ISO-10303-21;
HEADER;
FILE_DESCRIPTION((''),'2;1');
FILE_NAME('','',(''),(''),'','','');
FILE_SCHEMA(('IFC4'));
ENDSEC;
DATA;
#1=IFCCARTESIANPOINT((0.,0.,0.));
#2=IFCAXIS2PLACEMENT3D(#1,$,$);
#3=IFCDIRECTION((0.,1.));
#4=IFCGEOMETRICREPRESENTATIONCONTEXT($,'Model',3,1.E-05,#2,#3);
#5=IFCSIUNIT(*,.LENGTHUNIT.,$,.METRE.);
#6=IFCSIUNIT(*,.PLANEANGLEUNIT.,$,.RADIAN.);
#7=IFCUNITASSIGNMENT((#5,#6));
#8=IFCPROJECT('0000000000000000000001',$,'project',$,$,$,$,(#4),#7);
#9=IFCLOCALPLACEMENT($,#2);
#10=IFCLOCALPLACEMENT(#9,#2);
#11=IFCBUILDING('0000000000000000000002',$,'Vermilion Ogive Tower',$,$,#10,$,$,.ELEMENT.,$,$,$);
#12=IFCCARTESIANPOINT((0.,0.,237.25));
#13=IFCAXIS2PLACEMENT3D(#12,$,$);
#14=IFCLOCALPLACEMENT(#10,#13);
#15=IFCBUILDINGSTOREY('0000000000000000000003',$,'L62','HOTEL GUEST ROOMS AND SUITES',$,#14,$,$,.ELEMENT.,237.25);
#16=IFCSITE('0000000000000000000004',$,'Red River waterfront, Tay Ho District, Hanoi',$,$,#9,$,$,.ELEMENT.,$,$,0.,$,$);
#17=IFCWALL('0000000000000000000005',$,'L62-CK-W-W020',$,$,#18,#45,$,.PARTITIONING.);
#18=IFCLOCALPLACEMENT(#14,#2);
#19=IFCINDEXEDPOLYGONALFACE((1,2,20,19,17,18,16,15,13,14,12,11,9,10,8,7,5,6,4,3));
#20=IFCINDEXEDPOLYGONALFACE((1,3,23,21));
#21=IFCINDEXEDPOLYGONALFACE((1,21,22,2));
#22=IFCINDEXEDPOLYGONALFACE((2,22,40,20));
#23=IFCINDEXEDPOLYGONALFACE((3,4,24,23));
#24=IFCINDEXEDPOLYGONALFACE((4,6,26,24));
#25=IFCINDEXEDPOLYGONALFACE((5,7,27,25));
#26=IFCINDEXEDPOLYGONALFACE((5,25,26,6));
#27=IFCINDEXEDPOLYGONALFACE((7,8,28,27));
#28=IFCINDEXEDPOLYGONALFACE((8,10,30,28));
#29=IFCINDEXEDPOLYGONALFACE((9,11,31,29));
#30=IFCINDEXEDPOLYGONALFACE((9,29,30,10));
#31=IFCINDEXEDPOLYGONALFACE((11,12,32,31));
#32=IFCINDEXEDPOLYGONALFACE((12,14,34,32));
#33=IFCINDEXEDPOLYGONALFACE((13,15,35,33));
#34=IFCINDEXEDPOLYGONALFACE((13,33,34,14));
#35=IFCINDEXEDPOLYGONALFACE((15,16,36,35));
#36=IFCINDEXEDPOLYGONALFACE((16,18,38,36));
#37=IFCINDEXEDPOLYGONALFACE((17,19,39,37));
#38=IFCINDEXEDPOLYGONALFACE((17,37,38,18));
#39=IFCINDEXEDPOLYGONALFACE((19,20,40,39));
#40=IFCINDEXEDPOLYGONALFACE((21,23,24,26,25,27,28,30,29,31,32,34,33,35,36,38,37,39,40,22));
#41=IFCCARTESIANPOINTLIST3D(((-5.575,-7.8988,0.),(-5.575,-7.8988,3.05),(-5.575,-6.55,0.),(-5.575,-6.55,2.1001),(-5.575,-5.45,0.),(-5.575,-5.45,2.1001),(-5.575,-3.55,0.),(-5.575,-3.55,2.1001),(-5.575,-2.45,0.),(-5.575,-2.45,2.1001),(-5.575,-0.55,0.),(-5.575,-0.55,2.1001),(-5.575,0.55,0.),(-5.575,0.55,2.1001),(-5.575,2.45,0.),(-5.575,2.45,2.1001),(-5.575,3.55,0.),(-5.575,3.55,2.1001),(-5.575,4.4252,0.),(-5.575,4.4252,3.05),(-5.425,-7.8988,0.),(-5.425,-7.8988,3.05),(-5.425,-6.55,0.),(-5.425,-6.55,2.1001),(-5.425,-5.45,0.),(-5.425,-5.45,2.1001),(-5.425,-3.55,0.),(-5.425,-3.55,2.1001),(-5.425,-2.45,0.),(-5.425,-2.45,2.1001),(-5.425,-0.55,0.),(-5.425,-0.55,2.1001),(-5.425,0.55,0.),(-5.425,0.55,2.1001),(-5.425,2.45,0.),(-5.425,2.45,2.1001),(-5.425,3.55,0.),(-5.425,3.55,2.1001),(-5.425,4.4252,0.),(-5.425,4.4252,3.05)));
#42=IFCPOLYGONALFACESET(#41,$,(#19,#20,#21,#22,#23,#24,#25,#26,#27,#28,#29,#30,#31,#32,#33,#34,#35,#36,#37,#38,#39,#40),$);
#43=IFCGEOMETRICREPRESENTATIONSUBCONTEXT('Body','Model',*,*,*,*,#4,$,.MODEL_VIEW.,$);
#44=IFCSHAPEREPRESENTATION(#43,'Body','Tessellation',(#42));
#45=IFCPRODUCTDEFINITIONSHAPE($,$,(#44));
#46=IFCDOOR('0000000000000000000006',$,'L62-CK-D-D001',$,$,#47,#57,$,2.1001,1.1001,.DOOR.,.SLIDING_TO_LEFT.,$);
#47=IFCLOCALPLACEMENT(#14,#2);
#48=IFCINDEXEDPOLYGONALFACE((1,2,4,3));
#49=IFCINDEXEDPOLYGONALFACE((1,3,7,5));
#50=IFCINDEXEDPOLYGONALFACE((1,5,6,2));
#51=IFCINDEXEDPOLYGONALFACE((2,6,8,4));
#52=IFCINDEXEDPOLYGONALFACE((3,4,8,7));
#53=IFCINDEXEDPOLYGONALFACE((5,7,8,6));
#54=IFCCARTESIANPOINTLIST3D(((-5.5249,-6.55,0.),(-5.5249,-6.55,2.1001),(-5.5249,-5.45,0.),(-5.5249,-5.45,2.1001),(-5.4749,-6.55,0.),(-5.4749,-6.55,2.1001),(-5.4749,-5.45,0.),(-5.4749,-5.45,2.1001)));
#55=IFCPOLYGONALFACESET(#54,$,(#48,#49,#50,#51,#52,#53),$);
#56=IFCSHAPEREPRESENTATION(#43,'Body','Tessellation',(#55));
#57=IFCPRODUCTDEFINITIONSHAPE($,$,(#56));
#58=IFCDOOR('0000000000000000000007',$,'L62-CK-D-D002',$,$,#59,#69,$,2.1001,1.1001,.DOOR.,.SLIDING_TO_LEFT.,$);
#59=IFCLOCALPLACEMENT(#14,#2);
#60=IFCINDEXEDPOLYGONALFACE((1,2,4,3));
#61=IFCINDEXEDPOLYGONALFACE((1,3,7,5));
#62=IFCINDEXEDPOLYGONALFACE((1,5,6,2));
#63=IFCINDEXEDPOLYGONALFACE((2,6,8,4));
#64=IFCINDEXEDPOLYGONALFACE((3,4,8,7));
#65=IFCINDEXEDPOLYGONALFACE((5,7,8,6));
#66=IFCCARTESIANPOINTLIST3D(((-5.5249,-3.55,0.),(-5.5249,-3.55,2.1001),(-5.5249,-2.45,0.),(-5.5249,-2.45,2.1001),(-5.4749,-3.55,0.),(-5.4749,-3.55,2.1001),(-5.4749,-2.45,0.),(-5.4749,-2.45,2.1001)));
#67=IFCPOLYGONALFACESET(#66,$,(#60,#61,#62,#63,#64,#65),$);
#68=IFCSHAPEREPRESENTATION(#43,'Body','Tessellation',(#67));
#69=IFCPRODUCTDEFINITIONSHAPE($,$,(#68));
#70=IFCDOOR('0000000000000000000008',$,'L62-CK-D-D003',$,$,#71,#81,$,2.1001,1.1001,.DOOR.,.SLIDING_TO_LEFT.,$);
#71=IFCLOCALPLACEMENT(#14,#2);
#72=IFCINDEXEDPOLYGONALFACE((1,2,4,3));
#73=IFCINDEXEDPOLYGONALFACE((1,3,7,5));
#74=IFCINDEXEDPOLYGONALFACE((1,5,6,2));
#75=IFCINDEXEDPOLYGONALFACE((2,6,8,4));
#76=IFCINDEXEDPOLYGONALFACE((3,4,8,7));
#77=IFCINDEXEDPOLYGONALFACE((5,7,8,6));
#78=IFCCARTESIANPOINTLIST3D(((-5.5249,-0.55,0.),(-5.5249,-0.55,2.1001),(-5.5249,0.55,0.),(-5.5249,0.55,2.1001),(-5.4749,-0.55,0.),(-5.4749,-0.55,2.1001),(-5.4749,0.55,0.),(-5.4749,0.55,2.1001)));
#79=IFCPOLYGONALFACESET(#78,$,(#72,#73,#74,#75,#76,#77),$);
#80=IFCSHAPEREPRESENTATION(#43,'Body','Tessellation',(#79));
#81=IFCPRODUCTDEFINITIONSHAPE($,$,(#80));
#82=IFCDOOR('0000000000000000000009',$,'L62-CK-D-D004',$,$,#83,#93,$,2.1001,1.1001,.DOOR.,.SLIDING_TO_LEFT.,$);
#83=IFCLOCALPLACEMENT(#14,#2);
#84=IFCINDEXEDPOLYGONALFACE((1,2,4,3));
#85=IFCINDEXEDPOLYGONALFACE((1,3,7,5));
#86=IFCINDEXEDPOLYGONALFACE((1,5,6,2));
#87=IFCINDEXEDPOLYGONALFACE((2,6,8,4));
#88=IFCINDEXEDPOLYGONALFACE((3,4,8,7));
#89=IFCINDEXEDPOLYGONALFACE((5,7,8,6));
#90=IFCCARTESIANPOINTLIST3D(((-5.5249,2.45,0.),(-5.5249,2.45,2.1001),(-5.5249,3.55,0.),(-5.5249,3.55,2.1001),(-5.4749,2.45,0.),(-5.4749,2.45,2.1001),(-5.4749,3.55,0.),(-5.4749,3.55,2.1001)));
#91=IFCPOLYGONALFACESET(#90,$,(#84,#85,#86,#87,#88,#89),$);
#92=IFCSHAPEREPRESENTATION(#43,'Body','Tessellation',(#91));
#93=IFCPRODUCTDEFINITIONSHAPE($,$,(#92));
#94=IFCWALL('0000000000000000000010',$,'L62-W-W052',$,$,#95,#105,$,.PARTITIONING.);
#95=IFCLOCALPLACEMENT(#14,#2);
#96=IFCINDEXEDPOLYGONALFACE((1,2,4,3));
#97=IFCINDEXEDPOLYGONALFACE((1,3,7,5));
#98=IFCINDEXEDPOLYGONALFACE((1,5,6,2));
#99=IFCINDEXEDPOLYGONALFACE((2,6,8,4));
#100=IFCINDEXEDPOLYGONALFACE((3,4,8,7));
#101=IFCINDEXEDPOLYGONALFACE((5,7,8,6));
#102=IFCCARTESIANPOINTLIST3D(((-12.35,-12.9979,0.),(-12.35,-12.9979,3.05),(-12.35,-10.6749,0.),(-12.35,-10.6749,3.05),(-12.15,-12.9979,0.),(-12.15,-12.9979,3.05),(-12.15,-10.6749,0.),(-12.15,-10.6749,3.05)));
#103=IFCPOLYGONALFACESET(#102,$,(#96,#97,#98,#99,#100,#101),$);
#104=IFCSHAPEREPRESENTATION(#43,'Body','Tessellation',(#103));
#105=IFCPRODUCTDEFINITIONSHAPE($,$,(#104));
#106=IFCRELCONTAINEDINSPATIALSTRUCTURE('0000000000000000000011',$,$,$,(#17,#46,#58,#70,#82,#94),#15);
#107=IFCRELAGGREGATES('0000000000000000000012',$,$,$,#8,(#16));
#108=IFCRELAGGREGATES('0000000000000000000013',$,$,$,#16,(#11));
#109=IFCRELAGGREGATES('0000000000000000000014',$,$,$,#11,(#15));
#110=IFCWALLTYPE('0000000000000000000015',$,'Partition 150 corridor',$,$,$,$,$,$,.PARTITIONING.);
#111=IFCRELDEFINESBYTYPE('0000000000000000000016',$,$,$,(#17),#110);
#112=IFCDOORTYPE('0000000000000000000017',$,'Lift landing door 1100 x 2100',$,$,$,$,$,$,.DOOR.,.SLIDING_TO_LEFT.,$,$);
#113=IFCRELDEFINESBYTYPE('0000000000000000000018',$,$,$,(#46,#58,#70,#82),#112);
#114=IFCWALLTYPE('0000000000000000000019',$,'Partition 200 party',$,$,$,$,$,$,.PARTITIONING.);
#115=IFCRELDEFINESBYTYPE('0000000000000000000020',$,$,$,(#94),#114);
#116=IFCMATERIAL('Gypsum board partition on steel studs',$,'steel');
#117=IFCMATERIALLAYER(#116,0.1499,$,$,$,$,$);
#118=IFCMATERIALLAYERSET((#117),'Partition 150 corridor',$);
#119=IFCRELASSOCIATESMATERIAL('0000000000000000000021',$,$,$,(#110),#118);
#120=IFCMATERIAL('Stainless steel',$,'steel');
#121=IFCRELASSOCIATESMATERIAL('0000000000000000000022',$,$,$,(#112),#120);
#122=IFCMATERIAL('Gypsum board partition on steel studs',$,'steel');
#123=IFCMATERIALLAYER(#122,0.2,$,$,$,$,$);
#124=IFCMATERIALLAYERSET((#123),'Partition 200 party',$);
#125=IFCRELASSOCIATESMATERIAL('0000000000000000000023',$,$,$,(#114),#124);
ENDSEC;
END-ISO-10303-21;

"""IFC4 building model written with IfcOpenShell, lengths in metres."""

from ifc_helpers import new_model, si_unit, direction, frame, frame_2d, origin, place, context, subcontext, project, spatial, rectangle, extrude, material, layer, layer_set, type_object, element, fill, save


model = new_model("IFC4")

# Units and contexts
model_context = context("Model", 3, precision=1e-05, world=origin(), true_north=direction((0.0, 1.0)))
body_context = subcontext(model_context, "Body", "Model", "MODEL_VIEW")
ifc_project = project(units=[si_unit("LENGTHUNIT", "METRE"), si_unit("PLANEANGLEUNIT", "RADIAN")], contexts=[model_context])

# Site, building, storey
site_placement = place(None, origin())
site = spatial("IfcSite", under=ifc_project, at=site_placement, Name="Red River waterfront, Tay Ho District, Hanoi", CompositionType="ELEMENT", RefElevation=0.0)
building_placement = place(site_placement, origin())
building = spatial("IfcBuilding", under=site, at=building_placement, Name="Vermilion Ogive Tower", CompositionType="ELEMENT")
storey_placement = place(building_placement, frame((0.0, 0.0, 237.25)))
storey = spatial("IfcBuildingStorey", under=building, at=storey_placement, Name="L62", Description="HOTEL GUEST ROOMS AND SUITES", CompositionType="ELEMENT", Elevation=237.25)

# Wall, openings, doors
ifc_material_1 = material(Name="Gypsum board partition on steel studs", Category="steel")
ifc_layer_1 = layer(ifc_material_1, 0.1499)
ifc_layer_set_1 = layer_set([ifc_layer_1], Name="Partition 150 corridor")
wall_type_1 = type_object("IfcWallType", Name="Partition 150 corridor", PredefinedType="PARTITIONING", material=ifc_layer_set_1)
wall_1_placement = place(storey_placement, frame((-5.5, -7.8989, 0.0), z_axis=(0.0, 0.0, 1.0), x_axis=(0.0, 1.0, 0.0)))
wall_1 = element("IfcWall", 1, at=wall_1_placement, inside=storey, type_object=wall_type_1, Name="L62-CK-W-W020", PredefinedType="PARTITIONING", context=body_context, shape_type="SweptSolid", body=[
    extrude(rectangle(XDim=12.324, YDim=0.1499, at=frame_2d((6.1621, 0.0))), origin(), (0.0, 0.0, 1.0), 3.05),
])
opening_1_placement = place(wall_1_placement, frame((1.3489, 0.0, 0.0)))
opening_1 = element("IfcOpeningElement", 2, at=opening_1_placement, cuts=wall_1, PredefinedType="OPENING", context=body_context, shape_type="SweptSolid", body=[
    extrude(rectangle(XDim=1.1001, YDim=2.1001, at=frame_2d((0.55, 1.05))), frame((0.0, 0.085, 0.0), z_axis=(0.0, -1.0, 0.0), x_axis=(1.0, 0.0, 0.0)), (0.0, 0.0, 1.0), 0.1699),
])
opening_2_placement = place(wall_1_placement, frame((4.3489, 0.0, 0.0)))
opening_2 = element("IfcOpeningElement", 3, at=opening_2_placement, cuts=wall_1, PredefinedType="OPENING", context=body_context, shape_type="SweptSolid", body=[
    extrude(rectangle(XDim=1.1001, YDim=2.1001, at=frame_2d((0.55, 1.05))), frame((0.0, 0.085, 0.0), z_axis=(0.0, -1.0, 0.0), x_axis=(1.0, 0.0, 0.0)), (0.0, 0.0, 1.0), 0.1699),
])
opening_3_placement = place(wall_1_placement, frame((7.3489, 0.0, 0.0)))
opening_3 = element("IfcOpeningElement", 4, at=opening_3_placement, cuts=wall_1, PredefinedType="OPENING", context=body_context, shape_type="SweptSolid", body=[
    extrude(rectangle(XDim=1.1001, YDim=2.1001, at=frame_2d((0.55, 1.05))), frame((0.0, 0.085, 0.0), z_axis=(0.0, -1.0, 0.0), x_axis=(1.0, 0.0, 0.0)), (0.0, 0.0, 1.0), 0.1699),
])
opening_4_placement = place(wall_1_placement, frame((10.3489, 0.0, 0.0)))
opening_4 = element("IfcOpeningElement", 5, at=opening_4_placement, cuts=wall_1, PredefinedType="OPENING", context=body_context, shape_type="SweptSolid", body=[
    extrude(rectangle(XDim=1.1001, YDim=2.1001, at=frame_2d((0.55, 1.05))), frame((0.0, 0.085, 0.0), z_axis=(0.0, -1.0, 0.0), x_axis=(1.0, 0.0, 0.0)), (0.0, 0.0, 1.0), 0.1699),
])
ifc_material_2 = material(Name="Stainless steel", Category="steel")
door_type_1 = type_object("IfcDoorType", Name="Lift landing door 1100 x 2100", OperationType="SLIDING_TO_LEFT", PredefinedType="DOOR", material=ifc_material_2)
door_1_placement = place(opening_1_placement, origin())
door_1 = element("IfcDoor", 6, at=door_1_placement, inside=storey, type_object=door_type_1, Name="L62-CK-D-D001", OperationType="SLIDING_TO_LEFT", OverallHeight=2.1001, OverallWidth=1.1001, PredefinedType="DOOR", context=body_context, shape_type="SweptSolid", body=[
    extrude(rectangle(XDim=1.1001, YDim=2.1001, at=frame_2d((0.55, 1.05))), frame((0.0, 0.0249, 0.0), z_axis=(0.0, -1.0, 0.0), x_axis=(1.0, 0.0, 0.0)), (0.0, 0.0, 1.0), 0.05),
])
fill(opening_1, door_1)
door_2_placement = place(opening_2_placement, origin())
door_2 = element("IfcDoor", 7, at=door_2_placement, inside=storey, type_object=door_type_1, Name="L62-CK-D-D002", OperationType="SLIDING_TO_LEFT", OverallHeight=2.1001, OverallWidth=1.1001, PredefinedType="DOOR", context=body_context, shape_type="SweptSolid", body=[
    extrude(rectangle(XDim=1.1001, YDim=2.1001, at=frame_2d((0.55, 1.05))), frame((0.0, 0.0249, 0.0), z_axis=(0.0, -1.0, 0.0), x_axis=(1.0, 0.0, 0.0)), (0.0, 0.0, 1.0), 0.05),
])
fill(opening_2, door_2)
door_3_placement = place(opening_3_placement, origin())
door_3 = element("IfcDoor", 8, at=door_3_placement, inside=storey, type_object=door_type_1, Name="L62-CK-D-D003", OperationType="SLIDING_TO_LEFT", OverallHeight=2.1001, OverallWidth=1.1001, PredefinedType="DOOR", context=body_context, shape_type="SweptSolid", body=[
    extrude(rectangle(XDim=1.1001, YDim=2.1001, at=frame_2d((0.55, 1.05))), frame((0.0, 0.0249, 0.0), z_axis=(0.0, -1.0, 0.0), x_axis=(1.0, 0.0, 0.0)), (0.0, 0.0, 1.0), 0.05),
])
fill(opening_3, door_3)
door_4_placement = place(opening_4_placement, origin())
door_4 = element("IfcDoor", 9, at=door_4_placement, inside=storey, type_object=door_type_1, Name="L62-CK-D-D004", OperationType="SLIDING_TO_LEFT", OverallHeight=2.1001, OverallWidth=1.1001, PredefinedType="DOOR", context=body_context, shape_type="SweptSolid", body=[
    extrude(rectangle(XDim=1.1001, YDim=2.1001, at=frame_2d((0.55, 1.05))), frame((0.0, 0.0249, 0.0), z_axis=(0.0, -1.0, 0.0), x_axis=(1.0, 0.0, 0.0)), (0.0, 0.0, 1.0), 0.05),
])
fill(opening_4, door_4)

# Wall
ifc_material_3 = material(Name="Gypsum board partition on steel studs", Category="steel")
ifc_layer_2 = layer(ifc_material_3, 0.2)
ifc_layer_set_2 = layer_set([ifc_layer_2], Name="Partition 200 party")
wall_type_2 = type_object("IfcWallType", Name="Partition 200 party", PredefinedType="PARTITIONING", material=ifc_layer_set_2)
wall_2_placement = place(storey_placement, frame((-12.25, -12.998, 0.0), z_axis=(0.0, 0.0, 1.0), x_axis=(0.0, 1.0, 0.0)))
element("IfcWall", 10, at=wall_2_placement, inside=storey, type_object=wall_type_2, Name="L62-W-W052", PredefinedType="PARTITIONING", context=body_context, shape_type="SweptSolid", body=[
    extrude(rectangle(XDim=2.323, YDim=0.2, at=frame_2d((1.1616, 0.0))), origin(), (0.0, 0.0, 1.0), 3.05),
])

save(model, "model.ifc")
